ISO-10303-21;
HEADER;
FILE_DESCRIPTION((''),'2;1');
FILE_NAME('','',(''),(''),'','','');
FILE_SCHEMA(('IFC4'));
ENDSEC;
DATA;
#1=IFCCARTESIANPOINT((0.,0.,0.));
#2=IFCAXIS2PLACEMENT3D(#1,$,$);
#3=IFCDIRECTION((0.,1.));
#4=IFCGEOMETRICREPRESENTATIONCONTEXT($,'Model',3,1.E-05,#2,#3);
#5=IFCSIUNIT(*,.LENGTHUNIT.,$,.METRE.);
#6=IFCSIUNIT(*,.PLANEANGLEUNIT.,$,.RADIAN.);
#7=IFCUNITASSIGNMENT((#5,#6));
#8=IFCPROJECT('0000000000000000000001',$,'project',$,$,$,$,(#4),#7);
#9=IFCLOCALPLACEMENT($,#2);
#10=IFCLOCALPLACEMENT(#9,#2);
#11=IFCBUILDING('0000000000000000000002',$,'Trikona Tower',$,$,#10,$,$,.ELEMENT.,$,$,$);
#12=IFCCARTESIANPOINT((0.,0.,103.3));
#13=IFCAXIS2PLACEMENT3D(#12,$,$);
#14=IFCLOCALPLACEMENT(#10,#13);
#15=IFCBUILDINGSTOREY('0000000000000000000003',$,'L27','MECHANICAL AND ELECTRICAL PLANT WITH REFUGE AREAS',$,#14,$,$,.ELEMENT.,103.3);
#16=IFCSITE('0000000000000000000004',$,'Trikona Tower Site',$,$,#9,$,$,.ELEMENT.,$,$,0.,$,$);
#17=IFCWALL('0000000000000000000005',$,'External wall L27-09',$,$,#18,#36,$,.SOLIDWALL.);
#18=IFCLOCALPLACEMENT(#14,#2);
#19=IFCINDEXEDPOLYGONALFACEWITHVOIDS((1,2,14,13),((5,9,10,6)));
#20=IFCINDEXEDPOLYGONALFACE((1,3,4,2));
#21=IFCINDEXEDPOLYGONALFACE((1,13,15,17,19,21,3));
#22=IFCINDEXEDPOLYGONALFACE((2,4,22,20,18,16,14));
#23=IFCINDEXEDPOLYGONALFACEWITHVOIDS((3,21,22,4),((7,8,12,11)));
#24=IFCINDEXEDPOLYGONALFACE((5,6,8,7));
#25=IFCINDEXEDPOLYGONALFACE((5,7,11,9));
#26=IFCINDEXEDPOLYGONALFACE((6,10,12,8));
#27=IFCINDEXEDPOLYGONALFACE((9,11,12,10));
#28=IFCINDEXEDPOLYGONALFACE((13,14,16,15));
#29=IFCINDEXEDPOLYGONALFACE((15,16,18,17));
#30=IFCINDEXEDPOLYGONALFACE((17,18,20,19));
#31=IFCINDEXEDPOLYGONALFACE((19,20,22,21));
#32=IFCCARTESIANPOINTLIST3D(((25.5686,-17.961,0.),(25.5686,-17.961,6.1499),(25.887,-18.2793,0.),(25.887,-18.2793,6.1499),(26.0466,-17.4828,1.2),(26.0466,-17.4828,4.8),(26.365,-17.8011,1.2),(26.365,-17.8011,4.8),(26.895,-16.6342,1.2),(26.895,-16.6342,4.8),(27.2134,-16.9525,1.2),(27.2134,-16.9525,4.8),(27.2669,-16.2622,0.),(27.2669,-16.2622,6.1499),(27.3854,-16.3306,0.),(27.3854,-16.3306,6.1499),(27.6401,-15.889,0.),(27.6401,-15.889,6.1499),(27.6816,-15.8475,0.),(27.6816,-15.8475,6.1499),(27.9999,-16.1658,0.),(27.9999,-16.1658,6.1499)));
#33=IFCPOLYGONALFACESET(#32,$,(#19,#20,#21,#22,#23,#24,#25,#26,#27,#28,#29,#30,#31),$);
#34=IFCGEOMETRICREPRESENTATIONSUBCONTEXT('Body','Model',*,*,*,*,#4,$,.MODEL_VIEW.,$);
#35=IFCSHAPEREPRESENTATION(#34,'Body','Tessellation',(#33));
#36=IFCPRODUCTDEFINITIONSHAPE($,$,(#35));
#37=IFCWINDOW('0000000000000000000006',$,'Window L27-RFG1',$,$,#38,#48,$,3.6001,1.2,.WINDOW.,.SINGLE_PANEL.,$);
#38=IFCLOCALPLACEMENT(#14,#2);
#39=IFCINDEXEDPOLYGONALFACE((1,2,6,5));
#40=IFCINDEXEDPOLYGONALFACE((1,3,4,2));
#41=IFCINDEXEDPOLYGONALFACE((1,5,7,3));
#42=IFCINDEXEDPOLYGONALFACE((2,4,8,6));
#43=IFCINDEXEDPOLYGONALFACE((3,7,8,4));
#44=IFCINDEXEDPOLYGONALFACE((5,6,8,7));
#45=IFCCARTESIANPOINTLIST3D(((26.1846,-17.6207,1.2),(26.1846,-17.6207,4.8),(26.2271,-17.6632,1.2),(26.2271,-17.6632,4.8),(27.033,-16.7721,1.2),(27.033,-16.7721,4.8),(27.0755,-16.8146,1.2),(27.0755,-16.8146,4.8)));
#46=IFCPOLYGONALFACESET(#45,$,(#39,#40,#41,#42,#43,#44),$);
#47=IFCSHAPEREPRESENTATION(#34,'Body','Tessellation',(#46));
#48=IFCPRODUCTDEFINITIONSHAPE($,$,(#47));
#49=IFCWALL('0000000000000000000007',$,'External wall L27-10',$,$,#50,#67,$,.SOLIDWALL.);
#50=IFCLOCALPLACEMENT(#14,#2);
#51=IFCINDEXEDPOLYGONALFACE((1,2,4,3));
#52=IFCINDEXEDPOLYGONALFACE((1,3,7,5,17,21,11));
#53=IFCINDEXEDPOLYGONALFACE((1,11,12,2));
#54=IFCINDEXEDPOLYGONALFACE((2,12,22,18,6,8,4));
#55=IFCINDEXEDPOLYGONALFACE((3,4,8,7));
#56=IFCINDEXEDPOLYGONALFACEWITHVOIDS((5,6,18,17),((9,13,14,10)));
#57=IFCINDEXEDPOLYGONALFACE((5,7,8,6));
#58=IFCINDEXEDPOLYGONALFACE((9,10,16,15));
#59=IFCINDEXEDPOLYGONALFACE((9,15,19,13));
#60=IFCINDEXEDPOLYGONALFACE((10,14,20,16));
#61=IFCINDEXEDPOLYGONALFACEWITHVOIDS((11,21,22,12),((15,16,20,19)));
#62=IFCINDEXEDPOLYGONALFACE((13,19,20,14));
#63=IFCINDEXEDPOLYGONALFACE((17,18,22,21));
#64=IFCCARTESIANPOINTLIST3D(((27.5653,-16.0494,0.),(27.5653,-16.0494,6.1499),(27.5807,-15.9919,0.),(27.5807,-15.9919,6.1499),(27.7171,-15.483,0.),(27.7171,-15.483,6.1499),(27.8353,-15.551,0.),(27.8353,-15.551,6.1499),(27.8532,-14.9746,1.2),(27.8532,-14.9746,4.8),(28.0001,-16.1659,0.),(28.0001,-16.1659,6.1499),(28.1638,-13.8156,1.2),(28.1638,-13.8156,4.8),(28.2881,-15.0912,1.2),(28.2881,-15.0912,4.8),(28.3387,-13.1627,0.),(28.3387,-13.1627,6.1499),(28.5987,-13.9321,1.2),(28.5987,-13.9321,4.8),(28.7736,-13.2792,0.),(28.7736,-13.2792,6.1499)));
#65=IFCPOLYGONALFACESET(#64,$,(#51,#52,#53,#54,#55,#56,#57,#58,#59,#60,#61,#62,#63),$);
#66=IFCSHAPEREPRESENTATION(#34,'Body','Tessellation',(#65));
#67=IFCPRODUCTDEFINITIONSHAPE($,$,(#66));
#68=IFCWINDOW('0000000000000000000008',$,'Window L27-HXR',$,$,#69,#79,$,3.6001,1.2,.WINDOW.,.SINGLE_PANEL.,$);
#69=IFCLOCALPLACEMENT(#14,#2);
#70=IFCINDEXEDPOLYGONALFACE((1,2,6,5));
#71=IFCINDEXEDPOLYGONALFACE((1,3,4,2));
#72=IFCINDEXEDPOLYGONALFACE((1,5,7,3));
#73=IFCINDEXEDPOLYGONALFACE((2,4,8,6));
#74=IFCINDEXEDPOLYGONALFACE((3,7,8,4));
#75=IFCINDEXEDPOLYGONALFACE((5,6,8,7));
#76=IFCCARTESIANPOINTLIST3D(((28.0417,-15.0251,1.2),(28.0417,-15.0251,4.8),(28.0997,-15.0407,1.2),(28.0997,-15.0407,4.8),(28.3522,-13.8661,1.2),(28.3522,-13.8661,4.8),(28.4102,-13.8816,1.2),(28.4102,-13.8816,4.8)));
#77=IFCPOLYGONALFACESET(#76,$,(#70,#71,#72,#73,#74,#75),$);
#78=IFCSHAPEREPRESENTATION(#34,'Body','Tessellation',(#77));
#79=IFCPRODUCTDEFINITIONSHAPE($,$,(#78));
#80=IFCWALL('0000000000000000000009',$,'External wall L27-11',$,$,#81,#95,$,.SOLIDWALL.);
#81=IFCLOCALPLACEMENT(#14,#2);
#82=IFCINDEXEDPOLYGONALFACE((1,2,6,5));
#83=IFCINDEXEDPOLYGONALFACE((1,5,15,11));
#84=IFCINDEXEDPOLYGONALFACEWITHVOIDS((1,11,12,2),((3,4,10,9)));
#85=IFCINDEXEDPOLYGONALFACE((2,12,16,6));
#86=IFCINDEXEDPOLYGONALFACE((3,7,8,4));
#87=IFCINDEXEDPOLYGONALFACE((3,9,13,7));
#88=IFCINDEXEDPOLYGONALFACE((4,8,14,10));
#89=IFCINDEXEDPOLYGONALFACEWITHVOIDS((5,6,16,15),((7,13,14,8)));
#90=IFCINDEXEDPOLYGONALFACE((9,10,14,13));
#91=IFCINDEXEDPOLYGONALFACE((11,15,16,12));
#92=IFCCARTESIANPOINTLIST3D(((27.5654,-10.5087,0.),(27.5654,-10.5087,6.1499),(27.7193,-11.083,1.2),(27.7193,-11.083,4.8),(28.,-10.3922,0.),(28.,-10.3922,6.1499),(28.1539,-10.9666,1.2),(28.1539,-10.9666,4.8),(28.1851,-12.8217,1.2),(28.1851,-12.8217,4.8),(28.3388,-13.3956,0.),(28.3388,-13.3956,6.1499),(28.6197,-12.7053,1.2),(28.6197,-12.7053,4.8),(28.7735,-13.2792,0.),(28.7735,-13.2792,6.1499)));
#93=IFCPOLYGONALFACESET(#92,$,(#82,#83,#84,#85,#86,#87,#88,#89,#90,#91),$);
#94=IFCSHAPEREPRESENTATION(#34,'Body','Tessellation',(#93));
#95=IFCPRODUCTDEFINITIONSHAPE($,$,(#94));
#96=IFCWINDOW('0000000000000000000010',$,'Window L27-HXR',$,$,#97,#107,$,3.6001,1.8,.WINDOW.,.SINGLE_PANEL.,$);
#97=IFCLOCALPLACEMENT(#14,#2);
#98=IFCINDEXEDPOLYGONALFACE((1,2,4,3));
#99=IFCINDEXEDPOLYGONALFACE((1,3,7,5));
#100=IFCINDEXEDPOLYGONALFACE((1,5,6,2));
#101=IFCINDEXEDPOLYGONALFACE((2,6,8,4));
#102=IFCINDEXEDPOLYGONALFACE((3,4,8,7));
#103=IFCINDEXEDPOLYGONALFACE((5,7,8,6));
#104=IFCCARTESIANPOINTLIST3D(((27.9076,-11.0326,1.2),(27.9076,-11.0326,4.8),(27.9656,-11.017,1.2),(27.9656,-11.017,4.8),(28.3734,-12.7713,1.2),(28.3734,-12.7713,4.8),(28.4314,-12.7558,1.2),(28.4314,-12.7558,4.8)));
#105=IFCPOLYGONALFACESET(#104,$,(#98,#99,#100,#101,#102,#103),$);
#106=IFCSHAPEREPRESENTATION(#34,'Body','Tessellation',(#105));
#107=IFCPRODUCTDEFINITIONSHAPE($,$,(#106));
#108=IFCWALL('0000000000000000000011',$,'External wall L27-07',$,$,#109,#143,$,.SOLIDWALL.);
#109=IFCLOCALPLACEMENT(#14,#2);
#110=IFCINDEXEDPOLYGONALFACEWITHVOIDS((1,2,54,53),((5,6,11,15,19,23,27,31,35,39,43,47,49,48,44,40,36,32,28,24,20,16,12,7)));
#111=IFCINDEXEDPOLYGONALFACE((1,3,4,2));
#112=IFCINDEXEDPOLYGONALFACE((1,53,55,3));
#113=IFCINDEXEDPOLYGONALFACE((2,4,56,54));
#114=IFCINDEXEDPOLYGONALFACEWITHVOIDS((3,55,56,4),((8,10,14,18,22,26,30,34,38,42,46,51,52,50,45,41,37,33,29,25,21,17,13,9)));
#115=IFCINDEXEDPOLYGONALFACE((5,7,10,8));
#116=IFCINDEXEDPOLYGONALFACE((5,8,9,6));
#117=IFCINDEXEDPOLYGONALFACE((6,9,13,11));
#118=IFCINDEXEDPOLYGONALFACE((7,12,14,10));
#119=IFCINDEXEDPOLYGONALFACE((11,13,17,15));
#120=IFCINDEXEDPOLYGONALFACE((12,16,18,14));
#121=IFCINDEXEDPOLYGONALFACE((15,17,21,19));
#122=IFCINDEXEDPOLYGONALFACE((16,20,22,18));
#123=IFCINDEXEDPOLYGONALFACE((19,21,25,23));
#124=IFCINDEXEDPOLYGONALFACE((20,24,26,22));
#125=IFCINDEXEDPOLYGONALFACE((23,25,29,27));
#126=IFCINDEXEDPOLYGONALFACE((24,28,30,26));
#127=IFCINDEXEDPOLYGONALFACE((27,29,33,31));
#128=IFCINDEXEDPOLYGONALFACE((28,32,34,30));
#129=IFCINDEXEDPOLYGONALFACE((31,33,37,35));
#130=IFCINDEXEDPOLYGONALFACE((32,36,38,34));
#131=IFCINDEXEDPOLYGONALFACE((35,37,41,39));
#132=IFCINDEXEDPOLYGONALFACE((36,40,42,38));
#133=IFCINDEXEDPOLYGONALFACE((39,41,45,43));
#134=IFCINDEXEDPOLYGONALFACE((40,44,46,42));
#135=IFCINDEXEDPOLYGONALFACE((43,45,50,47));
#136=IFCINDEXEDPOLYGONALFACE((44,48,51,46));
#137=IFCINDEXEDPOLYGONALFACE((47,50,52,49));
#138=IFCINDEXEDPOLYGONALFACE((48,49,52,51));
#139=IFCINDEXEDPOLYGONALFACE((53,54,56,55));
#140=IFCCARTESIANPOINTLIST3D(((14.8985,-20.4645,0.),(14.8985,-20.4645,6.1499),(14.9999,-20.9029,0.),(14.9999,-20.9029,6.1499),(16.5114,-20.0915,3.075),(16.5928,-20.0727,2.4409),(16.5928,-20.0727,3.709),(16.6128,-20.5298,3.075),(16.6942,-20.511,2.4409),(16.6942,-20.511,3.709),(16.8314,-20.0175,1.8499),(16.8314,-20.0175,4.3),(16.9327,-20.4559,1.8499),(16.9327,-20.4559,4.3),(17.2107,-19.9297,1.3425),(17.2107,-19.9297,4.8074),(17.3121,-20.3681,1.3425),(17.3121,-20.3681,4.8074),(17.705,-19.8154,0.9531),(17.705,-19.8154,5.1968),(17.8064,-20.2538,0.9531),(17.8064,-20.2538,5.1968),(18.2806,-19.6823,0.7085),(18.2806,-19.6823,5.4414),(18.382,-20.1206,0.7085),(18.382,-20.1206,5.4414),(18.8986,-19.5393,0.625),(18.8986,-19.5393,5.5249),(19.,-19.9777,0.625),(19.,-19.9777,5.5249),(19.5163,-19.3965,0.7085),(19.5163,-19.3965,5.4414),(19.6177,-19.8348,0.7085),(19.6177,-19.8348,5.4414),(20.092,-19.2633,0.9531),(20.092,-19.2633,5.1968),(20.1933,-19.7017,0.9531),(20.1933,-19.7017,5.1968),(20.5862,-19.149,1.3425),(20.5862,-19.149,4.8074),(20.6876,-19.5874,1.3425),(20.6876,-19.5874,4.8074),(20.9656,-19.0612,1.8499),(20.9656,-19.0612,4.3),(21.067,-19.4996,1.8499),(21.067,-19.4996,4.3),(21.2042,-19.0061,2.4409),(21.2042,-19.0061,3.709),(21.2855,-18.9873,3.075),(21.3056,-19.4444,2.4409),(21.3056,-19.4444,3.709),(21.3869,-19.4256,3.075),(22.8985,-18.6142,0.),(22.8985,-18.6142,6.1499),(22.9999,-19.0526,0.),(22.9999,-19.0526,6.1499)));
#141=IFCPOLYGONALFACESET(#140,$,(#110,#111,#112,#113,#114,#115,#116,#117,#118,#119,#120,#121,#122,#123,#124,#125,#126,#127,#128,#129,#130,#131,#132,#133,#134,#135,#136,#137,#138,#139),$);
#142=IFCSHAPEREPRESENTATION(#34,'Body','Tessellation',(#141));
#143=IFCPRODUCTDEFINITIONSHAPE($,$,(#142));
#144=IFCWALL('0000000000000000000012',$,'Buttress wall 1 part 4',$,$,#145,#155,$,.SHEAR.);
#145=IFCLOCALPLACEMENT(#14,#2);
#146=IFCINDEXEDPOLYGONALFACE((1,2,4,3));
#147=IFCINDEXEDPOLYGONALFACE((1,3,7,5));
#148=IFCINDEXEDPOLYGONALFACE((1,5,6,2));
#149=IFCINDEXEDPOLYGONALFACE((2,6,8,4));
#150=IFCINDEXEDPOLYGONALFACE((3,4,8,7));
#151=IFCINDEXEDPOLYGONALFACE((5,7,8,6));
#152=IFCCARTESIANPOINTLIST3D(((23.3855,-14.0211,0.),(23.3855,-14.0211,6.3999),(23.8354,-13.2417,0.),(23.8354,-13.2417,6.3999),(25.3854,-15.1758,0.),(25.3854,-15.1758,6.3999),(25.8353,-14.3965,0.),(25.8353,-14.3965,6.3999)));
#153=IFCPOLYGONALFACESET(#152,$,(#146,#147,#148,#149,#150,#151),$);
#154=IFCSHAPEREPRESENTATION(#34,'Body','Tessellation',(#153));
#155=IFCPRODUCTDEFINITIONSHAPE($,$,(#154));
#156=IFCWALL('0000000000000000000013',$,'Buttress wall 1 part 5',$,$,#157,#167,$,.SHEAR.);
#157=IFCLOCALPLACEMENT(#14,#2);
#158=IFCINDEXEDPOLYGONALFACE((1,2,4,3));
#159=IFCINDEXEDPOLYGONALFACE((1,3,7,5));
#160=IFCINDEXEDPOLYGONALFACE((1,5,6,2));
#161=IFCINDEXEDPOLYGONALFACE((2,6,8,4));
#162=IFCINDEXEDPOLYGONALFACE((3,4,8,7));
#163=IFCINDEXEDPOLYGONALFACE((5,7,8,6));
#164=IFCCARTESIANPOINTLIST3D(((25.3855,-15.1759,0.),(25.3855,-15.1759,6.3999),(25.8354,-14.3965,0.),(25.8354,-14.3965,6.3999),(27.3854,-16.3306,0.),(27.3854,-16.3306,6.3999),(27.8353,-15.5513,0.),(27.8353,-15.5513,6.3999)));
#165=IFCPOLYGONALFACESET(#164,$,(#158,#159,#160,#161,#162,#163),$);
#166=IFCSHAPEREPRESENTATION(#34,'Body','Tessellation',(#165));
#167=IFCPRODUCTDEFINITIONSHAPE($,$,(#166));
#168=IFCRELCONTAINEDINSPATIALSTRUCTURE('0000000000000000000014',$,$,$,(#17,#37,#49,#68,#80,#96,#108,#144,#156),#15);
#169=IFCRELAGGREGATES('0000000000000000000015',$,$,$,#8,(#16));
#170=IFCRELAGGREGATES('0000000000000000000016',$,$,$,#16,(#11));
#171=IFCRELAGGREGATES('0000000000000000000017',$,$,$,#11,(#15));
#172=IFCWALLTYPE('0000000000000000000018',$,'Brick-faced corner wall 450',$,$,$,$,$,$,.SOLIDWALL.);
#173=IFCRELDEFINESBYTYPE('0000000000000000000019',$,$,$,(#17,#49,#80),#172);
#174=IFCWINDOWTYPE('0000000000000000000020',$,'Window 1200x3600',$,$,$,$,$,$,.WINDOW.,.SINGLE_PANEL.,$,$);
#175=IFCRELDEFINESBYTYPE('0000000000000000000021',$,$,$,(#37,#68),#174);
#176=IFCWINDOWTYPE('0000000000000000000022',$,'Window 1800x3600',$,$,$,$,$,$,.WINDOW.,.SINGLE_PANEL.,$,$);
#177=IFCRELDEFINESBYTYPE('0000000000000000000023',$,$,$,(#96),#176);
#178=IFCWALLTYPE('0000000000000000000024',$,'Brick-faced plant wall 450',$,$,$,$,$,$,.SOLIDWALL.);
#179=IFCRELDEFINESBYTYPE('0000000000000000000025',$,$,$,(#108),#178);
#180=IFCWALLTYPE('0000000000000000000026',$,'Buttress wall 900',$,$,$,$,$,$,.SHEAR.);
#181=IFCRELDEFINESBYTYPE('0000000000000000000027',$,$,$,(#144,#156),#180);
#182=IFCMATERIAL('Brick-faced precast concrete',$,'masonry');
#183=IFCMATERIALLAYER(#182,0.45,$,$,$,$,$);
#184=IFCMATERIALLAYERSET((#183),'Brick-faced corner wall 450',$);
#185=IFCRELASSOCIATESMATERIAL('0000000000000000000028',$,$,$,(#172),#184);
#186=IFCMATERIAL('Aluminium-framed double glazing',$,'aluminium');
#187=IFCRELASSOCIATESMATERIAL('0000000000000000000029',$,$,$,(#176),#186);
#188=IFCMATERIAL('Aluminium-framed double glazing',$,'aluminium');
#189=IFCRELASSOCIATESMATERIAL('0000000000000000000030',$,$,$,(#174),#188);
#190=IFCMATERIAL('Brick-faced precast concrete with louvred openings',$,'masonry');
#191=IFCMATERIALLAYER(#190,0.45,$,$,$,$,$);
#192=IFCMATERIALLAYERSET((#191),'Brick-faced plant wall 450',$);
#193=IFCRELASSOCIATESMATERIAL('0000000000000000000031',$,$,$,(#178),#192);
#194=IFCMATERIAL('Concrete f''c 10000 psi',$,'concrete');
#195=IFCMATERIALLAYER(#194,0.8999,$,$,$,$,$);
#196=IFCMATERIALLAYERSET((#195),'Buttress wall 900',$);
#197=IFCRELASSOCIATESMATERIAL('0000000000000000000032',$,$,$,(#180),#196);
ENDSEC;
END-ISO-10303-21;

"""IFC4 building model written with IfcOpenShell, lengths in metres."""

from ifc_helpers import new_model, si_unit, direction, frame, frame_2d, origin, place, context, subcontext, project, spatial, polyline, rectangle, outline, extrude, material, layer, layer_set, type_object, element, fill, save


model = new_model("IFC4")

# Units and contexts
model_context = context("Model", 3, precision=1e-05, world=origin(), true_north=direction((0.0, 1.0)))
body_context = subcontext(model_context, "Body", "Model", "MODEL_VIEW")
ifc_project = project(units=[si_unit("LENGTHUNIT", "METRE"), si_unit("PLANEANGLEUNIT", "RADIAN")], contexts=[model_context])

# Site, building, storey
site_placement = place(None, origin())
site = spatial("IfcSite", under=ifc_project, at=site_placement, Name="Trikona Tower Site", CompositionType="ELEMENT", RefElevation=0.0)
building_placement = place(site_placement, origin())
building = spatial("IfcBuilding", under=site, at=building_placement, Name="Trikona Tower", CompositionType="ELEMENT")
storey_placement = place(building_placement, frame((0.0, 0.0, 103.3)))
storey = spatial("IfcBuildingStorey", under=building, at=storey_placement, Name="L27", Description="MECHANICAL AND ELECTRICAL PLANT WITH REFUGE AREAS", CompositionType="ELEMENT", Elevation=103.3)

# Walls, openings, windows
ifc_material_1 = material(Name="Brick-faced precast concrete", Category="masonry")
ifc_layer_1 = layer(ifc_material_1, 0.45)
ifc_layer_set_1 = layer_set([ifc_layer_1], Name="Brick-faced corner wall 450")
wall_type_1 = type_object("IfcWallType", Name="Brick-faced corner wall 450", PredefinedType="SOLIDWALL", material=ifc_layer_set_1)
ifc_material_2 = material(Name="Aluminium-framed double glazing", Category="aluminium")
window_type_1 = type_object("IfcWindowType", Name="Window 1800x3600", PartitioningType="SINGLE_PANEL", PredefinedType="WINDOW", material=ifc_material_2)
wall_1_placement = place(storey_placement, frame((25.7278, -18.1201, 0.0), z_axis=(0.0, 0.0, 1.0), x_axis=(0.707025, 0.707188, 0.0)))
wall_1 = element("IfcWall", 1, at=wall_1_placement, inside=storey, type_object=wall_type_1, Name="External wall L27-09", PredefinedType="SOLIDWALL", context=body_context, shape_type="SweptSolid", body=[
    extrude(outline(polyline([(2.9885, 0.2251), (2.9299, 0.2251), (2.4375, 0.093), (2.4021, 0.2251), (0.0, 0.2251), (0.0, -0.2251), (2.9885, -0.2251), (2.9885, 0.2251)])), origin(), (0.0, 0.0, 1.0), 6.1499),
])
opening_1_placement = place(wall_1_placement, frame((0.676, 0.0, 1.2)))
opening_1 = element("IfcOpeningElement", 2, at=opening_1_placement, cuts=wall_1, PredefinedType="OPENING", context=body_context, shape_type="SweptSolid", body=[
    extrude(rectangle(XDim=1.2, YDim=3.6001, at=frame_2d((0.6001, 1.8))), frame((0.0, 0.2349, 0.0), z_axis=(0.0, -1.0, 0.0), x_axis=(1.0, 0.0, 0.0)), (0.0, 0.0, 1.0), 0.47),
])
ifc_material_3 = material(Name="Aluminium-framed double glazing", Category="aluminium")
window_type_2 = type_object("IfcWindowType", Name="Window 1200x3600", PartitioningType="SINGLE_PANEL", PredefinedType="WINDOW", material=ifc_material_3)
window_1_placement = place(opening_1_placement, origin())
window_1 = element("IfcWindow", 3, at=window_1_placement, inside=storey, type_object=window_type_2, Name="Window L27-RFG1", OverallHeight=3.6001, OverallWidth=1.2, PartitioningType="SINGLE_PANEL", PredefinedType="WINDOW", context=body_context, shape_type="SweptSolid", body=[
    extrude(rectangle(XDim=1.2, YDim=3.6001, at=frame_2d((0.6001, 1.8))), frame((0.0, 0.03, 0.0), z_axis=(0.0, -1.0, 0.0), x_axis=(1.0, 0.0, 0.0)), (0.0, 0.0, 1.0), 0.0601),
])
fill(opening_1, window_1)
wall_2_placement = place(storey_placement, frame((27.7827, -16.1077, 0.0), z_axis=(0.0, 0.0, 1.0), x_axis=(0.258801, 0.965931, 0.0)))
wall_2 = element("IfcWall", 4, at=wall_2_placement, inside=storey, type_object=wall_type_1, Name="External wall L27-10", PredefinedType="SOLIDWALL", context=body_context, shape_type="SweptSolid", body=[
    extrude(outline(polyline([(2.9885, 0.2251), (0.5864, 0.2251), (0.5513, 0.0933), (0.0596, 0.2251), (0.0, 0.2251), (0.0, -0.2251), (2.9885, -0.2251), (2.9885, 0.2251)])), origin(), (0.0, 0.0, 1.0), 6.1499),
])
opening_2_placement = place(wall_2_placement, frame((1.1125, 0.0, 1.2)))
opening_2 = element("IfcOpeningElement", 5, at=opening_2_placement, cuts=wall_2, PredefinedType="OPENING", context=body_context, shape_type="SweptSolid", body=[
    extrude(rectangle(XDim=1.2, YDim=3.6001, at=frame_2d((0.6001, 1.8))), frame((0.0, 0.2349, 0.0), z_axis=(0.0, -1.0, 0.0), x_axis=(1.0, 0.0, 0.0)), (0.0, 0.0, 1.0), 0.47),
])
window_2_placement = place(opening_2_placement, origin())
window_2 = element("IfcWindow", 6, at=window_2_placement, inside=storey, type_object=window_type_2, Name="Window L27-HXR", OverallHeight=3.6001, OverallWidth=1.2, PartitioningType="SINGLE_PANEL", PredefinedType="WINDOW", context=body_context, shape_type="SweptSolid", body=[
    extrude(rectangle(XDim=1.2, YDim=3.6001, at=frame_2d((0.6001, 1.8))), frame((0.0, 0.03, 0.0), z_axis=(0.0, -1.0, 0.0), x_axis=(1.0, 0.0, 0.0)), (0.0, 0.0, 1.0), 0.0601),
])
fill(opening_2, window_2)
wall_3_placement = place(storey_placement, frame((28.5562, -13.3374, 0.0), z_axis=(0.0, 0.0, 1.0), x_axis=(-0.258781, 0.965936, 0.0)))
wall_3 = element("IfcWall", 7, at=wall_3_placement, inside=storey, type_object=wall_type_1, Name="External wall L27-11", PredefinedType="SOLIDWALL", context=body_context, shape_type="SweptSolid", body=[
    extrude(rectangle(XDim=2.9888, YDim=0.45, at=frame_2d((1.4944, 0.0))), origin(), (0.0, 0.0, 1.0), 6.1499),
])
opening_3_placement = place(wall_3_placement, frame((0.5942, 0.0, 1.2)))
opening_3 = element("IfcOpeningElement", 8, at=opening_3_placement, cuts=wall_3, PredefinedType="OPENING", context=body_context, shape_type="SweptSolid", body=[
    extrude(rectangle(XDim=1.8, YDim=3.6001, at=frame_2d((0.8999, 1.8))), frame((0.0, 0.2349, 0.0), z_axis=(0.0, -1.0, 0.0), x_axis=(1.0, 0.0, 0.0)), (0.0, 0.0, 1.0), 0.47),
])
window_3_placement = place(opening_3_placement, origin())
window_3 = element("IfcWindow", 9, at=window_3_placement, inside=storey, type_object=window_type_1, Name="Window L27-HXR", OverallHeight=3.6001, OverallWidth=1.8, PartitioningType="SINGLE_PANEL", PredefinedType="WINDOW", context=body_context, shape_type="SweptSolid", body=[
    extrude(rectangle(XDim=1.8, YDim=3.6001, at=frame_2d((0.8999, 1.8))), frame((0.0, 0.03, 0.0), z_axis=(0.0, -1.0, 0.0), x_axis=(1.0, 0.0, 0.0)), (0.0, 0.0, 1.0), 0.0601),
])
fill(opening_3, window_3)

# Walls
ifc_material_4 = material(Name="Brick-faced precast concrete with louvred openings", Category="masonry")
ifc_layer_2 = layer(ifc_material_4, 0.45)
ifc_layer_set_2 = layer_set([ifc_layer_2], Name="Brick-faced plant wall 450")
wall_type_2 = type_object("IfcWallType", Name="Brick-faced plant wall 450", PredefinedType="SOLIDWALL", material=ifc_layer_set_2)
wall_4_placement = place(storey_placement, frame((14.9492, -20.6838, 0.0), z_axis=(0.0, 0.0, 1.0), x_axis=(0.974279, 0.225344, 0.0)))
element("IfcWall", 10, at=wall_4_placement, inside=storey, type_object=wall_type_2, Name="External wall L27-07", PredefinedType="SOLIDWALL", context=body_context, shape_type="SweptSolid", body=[
    extrude(outline(polyline([(0.0, 0.0), (8.2112, 0.0), (8.2112, 6.1499), (0.0, 6.1499), (0.0, 0.0)]), holes=[polyline([(6.5557, 3.075), (6.4722, 3.709), (6.2273, 4.3), (5.8379, 4.8074), (5.3306, 5.1968), (4.7397, 5.4414), (4.1057, 5.5249), (3.4714, 5.4414), (2.8806, 5.1968), (2.3733, 4.8074), (1.9839, 4.3), (1.739, 3.709), (1.6555, 3.075), (1.739, 2.4409), (1.9839, 1.8499), (2.3733, 1.3425), (2.8806, 0.9531), (3.4714, 0.7085), (4.1057, 0.625), (4.7397, 0.7085), (5.3306, 0.9531), (5.8379, 1.3425), (6.2273, 1.8499), (6.4722, 2.4409), (6.5557, 3.075)])]), frame((0.0, 0.2251, 0.0), z_axis=(0.0, -1.0, 0.0), x_axis=(1.0, 0.0, 0.0)), (0.0, 0.0, 1.0), 0.45),
])
ifc_material_5 = material(Name="Concrete f'c 10000 psi", Category="concrete")
ifc_layer_3 = layer(ifc_material_5, 0.8999)
ifc_layer_set_3 = layer_set([ifc_layer_3], Name="Buttress wall 900")
wall_type_3 = type_object("IfcWallType", Name="Buttress wall 900", PredefinedType="SHEAR", material=ifc_layer_set_3)
for number, where, z_axis, x_axis, name in (
    (11, (23.6104, -13.6313, 0.0), (0.0, 0.0, 1.0), (0.86601, -0.500027, 0.0), "Buttress wall 1 part 4"),
    (12, (25.6104, -14.7861, 0.0), (0.0, 0.0, 1.0), (0.86601, -0.500027, 0.0), "Buttress wall 1 part 5"),
):
    element("IfcWall", number, at=place(storey_placement, frame(where, z_axis=z_axis, x_axis=x_axis)), inside=storey, type_object=wall_type_3, Name=name, PredefinedType="SHEAR", context=body_context, shape_type="SweptSolid", body=[
        extrude(rectangle(XDim=2.3093, YDim=0.8999, at=frame_2d((1.1548, 0.0))), origin(), (0.0, 0.0, 1.0), 6.3999),
    ])

save(model, "model.ifc")
